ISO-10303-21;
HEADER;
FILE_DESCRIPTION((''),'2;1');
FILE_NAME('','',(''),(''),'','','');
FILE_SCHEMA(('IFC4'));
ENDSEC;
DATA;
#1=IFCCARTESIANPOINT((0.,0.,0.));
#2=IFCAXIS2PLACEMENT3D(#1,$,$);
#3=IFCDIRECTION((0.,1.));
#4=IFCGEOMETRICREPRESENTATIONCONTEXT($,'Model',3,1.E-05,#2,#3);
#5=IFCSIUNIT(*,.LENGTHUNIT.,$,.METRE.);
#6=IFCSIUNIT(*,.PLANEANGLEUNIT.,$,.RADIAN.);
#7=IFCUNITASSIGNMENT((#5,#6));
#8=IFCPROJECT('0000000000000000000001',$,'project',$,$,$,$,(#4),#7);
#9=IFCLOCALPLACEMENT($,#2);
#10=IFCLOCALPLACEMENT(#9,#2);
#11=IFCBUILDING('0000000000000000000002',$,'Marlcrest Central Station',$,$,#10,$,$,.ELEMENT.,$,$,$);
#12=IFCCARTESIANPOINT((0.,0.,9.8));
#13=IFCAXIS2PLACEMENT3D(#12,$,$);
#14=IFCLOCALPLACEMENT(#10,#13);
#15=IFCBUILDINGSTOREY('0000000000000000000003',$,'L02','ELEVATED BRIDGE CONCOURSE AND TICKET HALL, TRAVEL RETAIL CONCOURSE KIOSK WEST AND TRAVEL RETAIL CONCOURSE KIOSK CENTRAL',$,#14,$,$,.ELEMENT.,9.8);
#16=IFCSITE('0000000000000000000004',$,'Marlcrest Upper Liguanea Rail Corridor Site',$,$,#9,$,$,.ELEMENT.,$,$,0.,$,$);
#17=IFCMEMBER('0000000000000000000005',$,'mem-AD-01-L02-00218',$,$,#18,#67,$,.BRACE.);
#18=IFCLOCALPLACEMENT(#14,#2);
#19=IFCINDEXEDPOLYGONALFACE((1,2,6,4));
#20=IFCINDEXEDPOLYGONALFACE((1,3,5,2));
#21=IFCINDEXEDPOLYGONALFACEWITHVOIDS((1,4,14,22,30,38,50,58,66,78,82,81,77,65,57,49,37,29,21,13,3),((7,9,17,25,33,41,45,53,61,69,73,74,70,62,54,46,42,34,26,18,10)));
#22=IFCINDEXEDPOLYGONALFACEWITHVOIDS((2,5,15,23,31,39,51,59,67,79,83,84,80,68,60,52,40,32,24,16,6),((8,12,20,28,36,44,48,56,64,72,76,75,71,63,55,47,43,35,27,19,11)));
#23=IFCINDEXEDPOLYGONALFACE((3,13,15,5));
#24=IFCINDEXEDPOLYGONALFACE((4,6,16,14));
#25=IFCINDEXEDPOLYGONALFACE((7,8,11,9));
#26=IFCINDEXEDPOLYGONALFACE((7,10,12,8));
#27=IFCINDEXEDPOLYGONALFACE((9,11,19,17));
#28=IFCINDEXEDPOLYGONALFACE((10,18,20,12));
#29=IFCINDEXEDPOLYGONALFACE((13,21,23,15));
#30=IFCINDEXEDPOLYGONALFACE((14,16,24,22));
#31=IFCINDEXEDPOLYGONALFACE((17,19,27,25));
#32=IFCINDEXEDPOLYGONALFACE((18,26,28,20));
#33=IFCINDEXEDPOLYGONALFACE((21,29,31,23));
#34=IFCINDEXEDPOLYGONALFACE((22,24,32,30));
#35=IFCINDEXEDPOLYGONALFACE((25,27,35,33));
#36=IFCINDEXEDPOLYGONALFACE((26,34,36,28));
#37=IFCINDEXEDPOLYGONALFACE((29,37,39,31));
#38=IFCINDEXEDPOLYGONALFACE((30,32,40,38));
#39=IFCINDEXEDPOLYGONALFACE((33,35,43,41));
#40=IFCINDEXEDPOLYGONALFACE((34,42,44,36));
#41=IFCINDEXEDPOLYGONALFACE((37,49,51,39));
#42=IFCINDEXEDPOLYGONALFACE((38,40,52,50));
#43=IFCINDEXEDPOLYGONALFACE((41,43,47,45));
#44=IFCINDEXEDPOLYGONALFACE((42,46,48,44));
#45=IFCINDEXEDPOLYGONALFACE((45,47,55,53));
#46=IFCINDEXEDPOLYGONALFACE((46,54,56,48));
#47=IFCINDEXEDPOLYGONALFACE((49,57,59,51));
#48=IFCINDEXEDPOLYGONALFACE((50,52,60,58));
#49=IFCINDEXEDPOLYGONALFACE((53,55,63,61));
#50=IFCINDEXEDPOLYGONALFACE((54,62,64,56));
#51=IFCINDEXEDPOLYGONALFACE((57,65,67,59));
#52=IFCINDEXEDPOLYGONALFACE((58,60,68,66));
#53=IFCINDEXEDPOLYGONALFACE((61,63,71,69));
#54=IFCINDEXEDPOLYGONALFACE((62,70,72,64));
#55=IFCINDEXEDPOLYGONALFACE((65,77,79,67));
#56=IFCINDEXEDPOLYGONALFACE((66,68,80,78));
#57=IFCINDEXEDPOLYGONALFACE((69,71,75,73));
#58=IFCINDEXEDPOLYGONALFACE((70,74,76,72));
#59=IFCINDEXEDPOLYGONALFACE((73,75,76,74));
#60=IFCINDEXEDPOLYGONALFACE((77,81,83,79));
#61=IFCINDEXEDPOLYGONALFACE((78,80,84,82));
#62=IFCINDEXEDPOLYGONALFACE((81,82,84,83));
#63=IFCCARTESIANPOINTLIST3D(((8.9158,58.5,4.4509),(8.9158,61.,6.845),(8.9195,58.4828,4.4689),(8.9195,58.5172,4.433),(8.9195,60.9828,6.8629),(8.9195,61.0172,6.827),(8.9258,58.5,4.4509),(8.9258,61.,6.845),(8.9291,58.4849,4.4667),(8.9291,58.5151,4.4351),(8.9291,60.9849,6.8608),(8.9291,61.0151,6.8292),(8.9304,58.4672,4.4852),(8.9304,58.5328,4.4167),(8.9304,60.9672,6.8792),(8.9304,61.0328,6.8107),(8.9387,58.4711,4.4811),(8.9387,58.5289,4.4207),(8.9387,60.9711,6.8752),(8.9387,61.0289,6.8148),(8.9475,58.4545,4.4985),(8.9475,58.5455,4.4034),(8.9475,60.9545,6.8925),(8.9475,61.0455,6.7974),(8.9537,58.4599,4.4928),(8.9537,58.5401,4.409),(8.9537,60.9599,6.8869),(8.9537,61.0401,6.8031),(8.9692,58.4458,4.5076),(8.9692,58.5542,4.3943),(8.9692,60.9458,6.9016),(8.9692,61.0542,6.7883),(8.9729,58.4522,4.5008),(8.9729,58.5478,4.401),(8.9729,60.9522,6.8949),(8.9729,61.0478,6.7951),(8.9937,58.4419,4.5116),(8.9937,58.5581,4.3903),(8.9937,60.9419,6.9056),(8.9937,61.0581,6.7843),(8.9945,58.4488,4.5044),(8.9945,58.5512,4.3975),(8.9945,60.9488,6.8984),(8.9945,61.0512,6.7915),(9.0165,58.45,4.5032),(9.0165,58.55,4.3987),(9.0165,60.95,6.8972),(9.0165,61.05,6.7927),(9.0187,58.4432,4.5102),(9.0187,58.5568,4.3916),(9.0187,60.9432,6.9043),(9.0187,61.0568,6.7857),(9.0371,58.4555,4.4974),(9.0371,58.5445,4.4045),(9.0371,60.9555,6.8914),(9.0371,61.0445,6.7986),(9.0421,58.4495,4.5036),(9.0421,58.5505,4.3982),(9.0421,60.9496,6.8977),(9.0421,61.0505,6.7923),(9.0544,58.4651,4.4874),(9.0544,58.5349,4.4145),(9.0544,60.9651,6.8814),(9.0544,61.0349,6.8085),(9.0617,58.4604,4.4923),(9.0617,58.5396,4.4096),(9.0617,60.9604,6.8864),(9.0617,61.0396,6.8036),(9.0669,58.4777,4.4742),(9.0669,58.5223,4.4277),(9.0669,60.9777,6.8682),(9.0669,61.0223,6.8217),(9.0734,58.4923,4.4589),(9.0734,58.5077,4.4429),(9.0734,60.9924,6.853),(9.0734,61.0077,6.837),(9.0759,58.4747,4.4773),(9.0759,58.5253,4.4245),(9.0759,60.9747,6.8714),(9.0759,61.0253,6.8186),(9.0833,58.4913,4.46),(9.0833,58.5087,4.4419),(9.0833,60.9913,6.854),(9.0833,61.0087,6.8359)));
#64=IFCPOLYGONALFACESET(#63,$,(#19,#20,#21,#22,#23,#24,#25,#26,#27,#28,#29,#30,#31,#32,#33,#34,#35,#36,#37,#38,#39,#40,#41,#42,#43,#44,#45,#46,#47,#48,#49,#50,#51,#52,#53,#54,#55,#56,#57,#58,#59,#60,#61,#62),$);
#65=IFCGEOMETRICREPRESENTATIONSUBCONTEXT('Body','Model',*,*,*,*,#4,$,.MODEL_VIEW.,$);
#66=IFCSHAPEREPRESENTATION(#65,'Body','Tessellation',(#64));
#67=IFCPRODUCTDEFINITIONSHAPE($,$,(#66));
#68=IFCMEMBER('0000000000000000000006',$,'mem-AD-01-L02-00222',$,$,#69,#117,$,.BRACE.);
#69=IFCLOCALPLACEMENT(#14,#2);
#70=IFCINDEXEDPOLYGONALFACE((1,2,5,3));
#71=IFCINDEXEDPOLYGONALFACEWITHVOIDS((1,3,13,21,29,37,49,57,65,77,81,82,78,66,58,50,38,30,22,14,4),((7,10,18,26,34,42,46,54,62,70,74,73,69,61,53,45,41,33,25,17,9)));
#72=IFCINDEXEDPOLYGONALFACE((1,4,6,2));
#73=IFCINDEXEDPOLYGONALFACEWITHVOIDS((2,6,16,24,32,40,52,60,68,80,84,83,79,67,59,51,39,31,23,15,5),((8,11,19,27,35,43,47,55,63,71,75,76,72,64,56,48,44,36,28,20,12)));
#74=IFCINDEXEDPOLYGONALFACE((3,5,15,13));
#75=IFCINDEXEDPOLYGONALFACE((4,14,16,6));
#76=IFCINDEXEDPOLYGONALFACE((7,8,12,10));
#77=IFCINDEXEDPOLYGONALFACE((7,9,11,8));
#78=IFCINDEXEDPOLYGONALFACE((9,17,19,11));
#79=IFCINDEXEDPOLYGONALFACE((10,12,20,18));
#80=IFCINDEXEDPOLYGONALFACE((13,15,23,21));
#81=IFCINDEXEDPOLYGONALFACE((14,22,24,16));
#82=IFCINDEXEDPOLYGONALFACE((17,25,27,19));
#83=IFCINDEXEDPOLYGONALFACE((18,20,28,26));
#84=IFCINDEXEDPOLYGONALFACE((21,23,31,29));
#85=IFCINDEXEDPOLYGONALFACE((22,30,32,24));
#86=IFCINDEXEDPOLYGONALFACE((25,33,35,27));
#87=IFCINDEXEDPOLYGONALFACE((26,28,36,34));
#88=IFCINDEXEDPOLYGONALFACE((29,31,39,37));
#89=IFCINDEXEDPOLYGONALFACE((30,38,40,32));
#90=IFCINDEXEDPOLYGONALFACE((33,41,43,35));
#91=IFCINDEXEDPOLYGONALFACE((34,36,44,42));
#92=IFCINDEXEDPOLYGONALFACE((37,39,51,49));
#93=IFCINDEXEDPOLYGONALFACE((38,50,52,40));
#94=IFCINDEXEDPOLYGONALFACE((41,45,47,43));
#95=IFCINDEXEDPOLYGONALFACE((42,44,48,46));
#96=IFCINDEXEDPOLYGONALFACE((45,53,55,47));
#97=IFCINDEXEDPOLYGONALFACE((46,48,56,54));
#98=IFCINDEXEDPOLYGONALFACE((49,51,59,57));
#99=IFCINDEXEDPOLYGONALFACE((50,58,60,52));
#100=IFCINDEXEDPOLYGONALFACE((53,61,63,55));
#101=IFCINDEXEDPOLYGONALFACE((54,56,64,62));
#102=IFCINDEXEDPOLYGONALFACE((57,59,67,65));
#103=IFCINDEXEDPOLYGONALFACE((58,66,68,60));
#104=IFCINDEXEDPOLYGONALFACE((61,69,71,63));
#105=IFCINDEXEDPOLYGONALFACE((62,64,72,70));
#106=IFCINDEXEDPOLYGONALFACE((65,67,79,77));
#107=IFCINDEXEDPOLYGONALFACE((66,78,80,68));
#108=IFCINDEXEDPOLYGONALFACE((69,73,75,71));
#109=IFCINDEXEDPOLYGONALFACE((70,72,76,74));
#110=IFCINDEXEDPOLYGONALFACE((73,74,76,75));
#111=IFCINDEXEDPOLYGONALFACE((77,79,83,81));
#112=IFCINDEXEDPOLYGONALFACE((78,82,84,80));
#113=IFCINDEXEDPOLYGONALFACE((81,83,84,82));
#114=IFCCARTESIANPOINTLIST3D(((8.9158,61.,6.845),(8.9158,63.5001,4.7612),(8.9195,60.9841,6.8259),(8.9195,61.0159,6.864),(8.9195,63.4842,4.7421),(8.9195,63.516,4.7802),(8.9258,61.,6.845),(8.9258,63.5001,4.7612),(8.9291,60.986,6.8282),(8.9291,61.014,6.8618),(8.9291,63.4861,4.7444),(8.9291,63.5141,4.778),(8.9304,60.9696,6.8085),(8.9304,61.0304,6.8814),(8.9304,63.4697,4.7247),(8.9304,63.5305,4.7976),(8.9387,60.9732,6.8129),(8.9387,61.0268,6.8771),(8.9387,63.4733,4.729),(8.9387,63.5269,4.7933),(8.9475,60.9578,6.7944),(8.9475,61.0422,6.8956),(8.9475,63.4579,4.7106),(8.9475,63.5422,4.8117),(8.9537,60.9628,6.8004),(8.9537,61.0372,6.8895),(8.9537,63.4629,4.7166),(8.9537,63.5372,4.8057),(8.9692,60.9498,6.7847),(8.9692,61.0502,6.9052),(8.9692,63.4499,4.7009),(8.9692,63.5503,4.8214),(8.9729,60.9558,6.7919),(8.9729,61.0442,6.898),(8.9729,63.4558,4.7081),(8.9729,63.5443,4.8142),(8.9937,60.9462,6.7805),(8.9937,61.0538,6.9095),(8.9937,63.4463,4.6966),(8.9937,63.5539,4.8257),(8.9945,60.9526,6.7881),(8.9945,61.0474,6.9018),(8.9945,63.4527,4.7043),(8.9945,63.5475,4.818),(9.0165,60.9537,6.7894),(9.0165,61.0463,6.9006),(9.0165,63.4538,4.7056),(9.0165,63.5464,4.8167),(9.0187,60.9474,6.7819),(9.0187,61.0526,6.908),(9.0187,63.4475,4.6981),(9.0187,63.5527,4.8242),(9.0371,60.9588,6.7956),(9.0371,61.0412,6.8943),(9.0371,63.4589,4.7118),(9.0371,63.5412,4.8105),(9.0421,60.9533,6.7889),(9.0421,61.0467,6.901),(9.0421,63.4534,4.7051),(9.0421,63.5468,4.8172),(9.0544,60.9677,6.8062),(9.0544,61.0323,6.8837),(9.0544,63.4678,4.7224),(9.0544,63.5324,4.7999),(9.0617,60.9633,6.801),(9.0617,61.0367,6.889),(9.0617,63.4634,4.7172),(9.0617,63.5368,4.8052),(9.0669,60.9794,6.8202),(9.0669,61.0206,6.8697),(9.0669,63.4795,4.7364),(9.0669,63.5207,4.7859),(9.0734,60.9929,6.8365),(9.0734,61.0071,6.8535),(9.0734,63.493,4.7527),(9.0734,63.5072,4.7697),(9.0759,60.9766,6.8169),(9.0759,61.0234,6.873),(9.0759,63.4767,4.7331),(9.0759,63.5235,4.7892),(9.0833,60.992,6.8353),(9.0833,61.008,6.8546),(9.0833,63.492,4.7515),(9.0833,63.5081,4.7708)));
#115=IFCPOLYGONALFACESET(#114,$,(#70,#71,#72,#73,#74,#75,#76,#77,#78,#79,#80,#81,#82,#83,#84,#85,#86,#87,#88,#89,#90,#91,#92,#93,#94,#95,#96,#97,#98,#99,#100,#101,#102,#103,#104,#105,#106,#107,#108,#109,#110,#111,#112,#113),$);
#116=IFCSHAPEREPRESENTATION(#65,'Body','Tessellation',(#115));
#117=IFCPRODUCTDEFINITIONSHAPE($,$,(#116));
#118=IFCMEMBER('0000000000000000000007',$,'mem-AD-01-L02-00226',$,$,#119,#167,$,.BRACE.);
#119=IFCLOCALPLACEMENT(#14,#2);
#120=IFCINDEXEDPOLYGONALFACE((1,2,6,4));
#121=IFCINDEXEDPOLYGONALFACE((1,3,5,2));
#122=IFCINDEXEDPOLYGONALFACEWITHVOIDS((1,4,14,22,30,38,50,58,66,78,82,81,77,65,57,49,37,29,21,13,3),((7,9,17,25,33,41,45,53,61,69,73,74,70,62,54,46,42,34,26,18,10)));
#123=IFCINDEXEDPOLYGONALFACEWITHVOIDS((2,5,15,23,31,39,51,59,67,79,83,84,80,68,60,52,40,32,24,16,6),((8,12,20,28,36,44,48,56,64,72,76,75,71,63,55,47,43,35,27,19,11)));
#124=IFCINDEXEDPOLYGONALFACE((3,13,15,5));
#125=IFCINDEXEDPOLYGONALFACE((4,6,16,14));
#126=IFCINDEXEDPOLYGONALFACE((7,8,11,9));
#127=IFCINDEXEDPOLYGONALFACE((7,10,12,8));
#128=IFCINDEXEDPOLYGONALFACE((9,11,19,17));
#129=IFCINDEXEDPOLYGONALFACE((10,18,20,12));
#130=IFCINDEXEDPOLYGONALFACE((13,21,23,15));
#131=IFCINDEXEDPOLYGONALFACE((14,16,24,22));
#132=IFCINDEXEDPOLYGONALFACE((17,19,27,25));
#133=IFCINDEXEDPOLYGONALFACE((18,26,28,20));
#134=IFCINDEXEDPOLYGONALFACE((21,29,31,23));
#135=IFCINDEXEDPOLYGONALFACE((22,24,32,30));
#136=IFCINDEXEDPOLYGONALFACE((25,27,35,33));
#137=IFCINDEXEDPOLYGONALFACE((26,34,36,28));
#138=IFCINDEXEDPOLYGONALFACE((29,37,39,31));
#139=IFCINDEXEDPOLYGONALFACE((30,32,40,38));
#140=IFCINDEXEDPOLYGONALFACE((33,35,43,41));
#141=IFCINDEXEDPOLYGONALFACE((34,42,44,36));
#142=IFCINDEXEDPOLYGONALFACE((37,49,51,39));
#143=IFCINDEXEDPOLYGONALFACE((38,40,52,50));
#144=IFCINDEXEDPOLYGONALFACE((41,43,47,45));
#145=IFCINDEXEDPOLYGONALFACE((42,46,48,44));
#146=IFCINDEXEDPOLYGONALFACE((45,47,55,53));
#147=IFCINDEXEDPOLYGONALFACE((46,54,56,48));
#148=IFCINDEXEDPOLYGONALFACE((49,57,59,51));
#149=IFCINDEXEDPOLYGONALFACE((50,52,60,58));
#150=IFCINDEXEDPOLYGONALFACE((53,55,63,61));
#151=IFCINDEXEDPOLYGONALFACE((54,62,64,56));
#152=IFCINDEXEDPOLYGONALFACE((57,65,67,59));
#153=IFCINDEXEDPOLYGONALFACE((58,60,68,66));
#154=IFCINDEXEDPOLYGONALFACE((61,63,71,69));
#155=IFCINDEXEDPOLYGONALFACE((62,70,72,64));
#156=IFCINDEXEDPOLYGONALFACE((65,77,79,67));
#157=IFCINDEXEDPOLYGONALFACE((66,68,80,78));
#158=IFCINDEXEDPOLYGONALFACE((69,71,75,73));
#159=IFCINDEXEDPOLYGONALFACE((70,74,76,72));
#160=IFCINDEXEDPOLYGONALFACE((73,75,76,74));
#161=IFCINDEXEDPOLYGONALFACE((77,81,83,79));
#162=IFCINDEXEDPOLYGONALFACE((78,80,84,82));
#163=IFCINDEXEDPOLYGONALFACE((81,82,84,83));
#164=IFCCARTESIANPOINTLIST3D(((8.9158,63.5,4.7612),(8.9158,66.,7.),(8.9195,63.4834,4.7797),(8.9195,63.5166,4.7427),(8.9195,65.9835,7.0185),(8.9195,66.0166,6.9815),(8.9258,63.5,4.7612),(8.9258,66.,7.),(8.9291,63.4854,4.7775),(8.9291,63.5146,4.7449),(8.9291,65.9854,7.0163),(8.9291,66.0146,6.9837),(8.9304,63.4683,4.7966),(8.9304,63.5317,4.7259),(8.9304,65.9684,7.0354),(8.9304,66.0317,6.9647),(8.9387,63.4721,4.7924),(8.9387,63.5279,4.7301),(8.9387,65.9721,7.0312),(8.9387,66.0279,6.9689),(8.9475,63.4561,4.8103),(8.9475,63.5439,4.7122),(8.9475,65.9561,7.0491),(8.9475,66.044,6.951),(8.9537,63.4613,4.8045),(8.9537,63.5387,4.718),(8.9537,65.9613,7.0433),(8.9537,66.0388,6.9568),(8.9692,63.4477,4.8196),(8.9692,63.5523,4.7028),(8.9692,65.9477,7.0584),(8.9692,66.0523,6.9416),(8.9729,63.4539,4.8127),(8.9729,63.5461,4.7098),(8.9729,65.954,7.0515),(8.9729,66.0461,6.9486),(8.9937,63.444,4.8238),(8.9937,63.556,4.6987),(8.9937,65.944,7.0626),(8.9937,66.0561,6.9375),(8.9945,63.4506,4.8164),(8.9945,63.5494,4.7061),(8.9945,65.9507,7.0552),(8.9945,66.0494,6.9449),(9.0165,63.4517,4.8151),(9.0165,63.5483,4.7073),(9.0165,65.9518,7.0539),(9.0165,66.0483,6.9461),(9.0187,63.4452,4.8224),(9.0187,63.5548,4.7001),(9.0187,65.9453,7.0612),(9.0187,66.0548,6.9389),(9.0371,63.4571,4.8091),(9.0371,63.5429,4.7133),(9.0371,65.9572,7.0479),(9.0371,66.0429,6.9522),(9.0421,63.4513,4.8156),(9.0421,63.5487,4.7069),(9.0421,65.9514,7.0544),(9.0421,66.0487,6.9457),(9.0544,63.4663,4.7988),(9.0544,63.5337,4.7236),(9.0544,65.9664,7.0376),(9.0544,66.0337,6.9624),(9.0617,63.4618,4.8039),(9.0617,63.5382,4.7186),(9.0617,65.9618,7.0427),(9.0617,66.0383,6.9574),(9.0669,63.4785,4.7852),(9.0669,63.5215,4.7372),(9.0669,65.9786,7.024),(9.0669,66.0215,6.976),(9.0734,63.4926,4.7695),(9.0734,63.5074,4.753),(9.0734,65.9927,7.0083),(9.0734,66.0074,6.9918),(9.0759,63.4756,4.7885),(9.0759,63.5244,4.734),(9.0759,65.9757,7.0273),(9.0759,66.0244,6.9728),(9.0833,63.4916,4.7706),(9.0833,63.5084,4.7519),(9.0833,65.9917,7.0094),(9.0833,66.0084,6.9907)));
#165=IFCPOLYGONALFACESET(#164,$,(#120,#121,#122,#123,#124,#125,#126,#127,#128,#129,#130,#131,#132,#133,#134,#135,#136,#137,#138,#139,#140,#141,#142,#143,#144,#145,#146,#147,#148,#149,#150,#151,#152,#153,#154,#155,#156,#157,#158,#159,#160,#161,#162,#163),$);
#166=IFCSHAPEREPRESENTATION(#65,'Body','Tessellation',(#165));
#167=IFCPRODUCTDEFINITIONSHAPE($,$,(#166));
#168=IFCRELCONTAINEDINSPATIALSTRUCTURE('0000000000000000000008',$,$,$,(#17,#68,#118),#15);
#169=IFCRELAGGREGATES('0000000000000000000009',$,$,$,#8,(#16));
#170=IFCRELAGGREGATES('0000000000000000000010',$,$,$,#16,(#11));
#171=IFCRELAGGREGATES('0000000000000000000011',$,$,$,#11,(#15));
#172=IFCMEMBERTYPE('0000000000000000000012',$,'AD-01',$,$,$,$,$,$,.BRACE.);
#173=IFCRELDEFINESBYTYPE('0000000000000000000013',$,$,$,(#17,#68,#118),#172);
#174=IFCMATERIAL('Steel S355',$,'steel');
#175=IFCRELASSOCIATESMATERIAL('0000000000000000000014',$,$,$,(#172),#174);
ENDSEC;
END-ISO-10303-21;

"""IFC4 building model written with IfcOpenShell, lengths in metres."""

from ifc_helpers import new_model, si_unit, direction, frame, origin, origin_2d, place, context, subcontext, project, spatial, hollow_circle, extrude, material, material_profile, profile_set, type_object, element, save


model = new_model("IFC4")

# Units and contexts
model_context = context("Model", 3, precision=1e-05, world=origin(), true_north=direction((0.0, 1.0)))
body_context = subcontext(model_context, "Body", "Model", "MODEL_VIEW")
ifc_project = project(units=[si_unit("LENGTHUNIT", "METRE"), si_unit("PLANEANGLEUNIT", "RADIAN")], contexts=[model_context])

# Site, building, storey
site_placement = place(None, origin())
site = spatial("IfcSite", under=ifc_project, at=site_placement, Name="Marlcrest Upper Liguanea Rail Corridor Site", CompositionType="ELEMENT", RefElevation=0.0)
building_placement = place(site_placement, origin())
building = spatial("IfcBuilding", under=site, at=building_placement, Name="Marlcrest Central Station", CompositionType="ELEMENT")
storey_placement = place(building_placement, frame((0.0, 0.0, 9.8)))
storey = spatial("IfcBuildingStorey", under=building, at=storey_placement, Name="L02", Description="ELEVATED BRIDGE CONCOURSE AND TICKET HALL, TRAVEL RETAIL CONCOURSE KIOSK WEST AND TRAVEL RETAIL CONCOURSE KIOSK CENTRAL", CompositionType="ELEMENT", Elevation=9.8)

# Members
ifc_material = material(Name="Steel S355", Category="steel")
ifc_material_profile_1 = material_profile(ifc_material, hollow_circle(Radius=0.0842, WallThickness=0.01, at=origin_2d()), Name="CHS 168.3x10")
ifc_profile_set_1 = profile_set([ifc_material_profile_1], Name="Steel S355")
member_type_1 = type_object("IfcMemberType", Name="AD-01", PredefinedType="BRACE", material=ifc_profile_set_1)
member_1_placement = place(storey_placement, frame((9.0, 58.5, 4.4509), z_axis=(0.0, 0.722247, 0.691636), x_axis=(-1.0, 0.0, 0.0)))
element("IfcMember", 1, at=member_1_placement, inside=storey, type_object=member_type_1, Name="mem-AD-01-L02-00218", PredefinedType="BRACE", context=body_context, shape_type="SweptSolid", body=[
    extrude(hollow_circle(Radius=0.0842, WallThickness=0.01, at=origin_2d()), origin(), (0.0, 0.0, 1.0), 3.4614),
])
member_2_placement = place(storey_placement, frame((9.0, 61.0, 6.845), z_axis=(0.0, 0.76816, -0.640258), x_axis=(-1.0, 0.0, 0.0)))
element("IfcMember", 2, at=member_2_placement, inside=storey, type_object=member_type_1, Name="mem-AD-01-L02-00222", PredefinedType="BRACE", context=body_context, shape_type="SweptSolid", body=[
    extrude(hollow_circle(Radius=0.0842, WallThickness=0.01, at=origin_2d()), origin(), (0.0, 0.0, 1.0), 3.2546),
])
member_3_placement = place(storey_placement, frame((9.0, 63.5, 4.7612), z_axis=(0.0, 0.744956, 0.667114), x_axis=(-1.0, 0.0, 0.0)))
element("IfcMember", 3, at=member_3_placement, inside=storey, type_object=member_type_1, Name="mem-AD-01-L02-00226", PredefinedType="BRACE", context=body_context, shape_type="SweptSolid", body=[
    extrude(hollow_circle(Radius=0.0842, WallThickness=0.01, at=origin_2d()), origin(), (0.0, 0.0, 1.0), 3.356),
])

save(model, "model.ifc")
